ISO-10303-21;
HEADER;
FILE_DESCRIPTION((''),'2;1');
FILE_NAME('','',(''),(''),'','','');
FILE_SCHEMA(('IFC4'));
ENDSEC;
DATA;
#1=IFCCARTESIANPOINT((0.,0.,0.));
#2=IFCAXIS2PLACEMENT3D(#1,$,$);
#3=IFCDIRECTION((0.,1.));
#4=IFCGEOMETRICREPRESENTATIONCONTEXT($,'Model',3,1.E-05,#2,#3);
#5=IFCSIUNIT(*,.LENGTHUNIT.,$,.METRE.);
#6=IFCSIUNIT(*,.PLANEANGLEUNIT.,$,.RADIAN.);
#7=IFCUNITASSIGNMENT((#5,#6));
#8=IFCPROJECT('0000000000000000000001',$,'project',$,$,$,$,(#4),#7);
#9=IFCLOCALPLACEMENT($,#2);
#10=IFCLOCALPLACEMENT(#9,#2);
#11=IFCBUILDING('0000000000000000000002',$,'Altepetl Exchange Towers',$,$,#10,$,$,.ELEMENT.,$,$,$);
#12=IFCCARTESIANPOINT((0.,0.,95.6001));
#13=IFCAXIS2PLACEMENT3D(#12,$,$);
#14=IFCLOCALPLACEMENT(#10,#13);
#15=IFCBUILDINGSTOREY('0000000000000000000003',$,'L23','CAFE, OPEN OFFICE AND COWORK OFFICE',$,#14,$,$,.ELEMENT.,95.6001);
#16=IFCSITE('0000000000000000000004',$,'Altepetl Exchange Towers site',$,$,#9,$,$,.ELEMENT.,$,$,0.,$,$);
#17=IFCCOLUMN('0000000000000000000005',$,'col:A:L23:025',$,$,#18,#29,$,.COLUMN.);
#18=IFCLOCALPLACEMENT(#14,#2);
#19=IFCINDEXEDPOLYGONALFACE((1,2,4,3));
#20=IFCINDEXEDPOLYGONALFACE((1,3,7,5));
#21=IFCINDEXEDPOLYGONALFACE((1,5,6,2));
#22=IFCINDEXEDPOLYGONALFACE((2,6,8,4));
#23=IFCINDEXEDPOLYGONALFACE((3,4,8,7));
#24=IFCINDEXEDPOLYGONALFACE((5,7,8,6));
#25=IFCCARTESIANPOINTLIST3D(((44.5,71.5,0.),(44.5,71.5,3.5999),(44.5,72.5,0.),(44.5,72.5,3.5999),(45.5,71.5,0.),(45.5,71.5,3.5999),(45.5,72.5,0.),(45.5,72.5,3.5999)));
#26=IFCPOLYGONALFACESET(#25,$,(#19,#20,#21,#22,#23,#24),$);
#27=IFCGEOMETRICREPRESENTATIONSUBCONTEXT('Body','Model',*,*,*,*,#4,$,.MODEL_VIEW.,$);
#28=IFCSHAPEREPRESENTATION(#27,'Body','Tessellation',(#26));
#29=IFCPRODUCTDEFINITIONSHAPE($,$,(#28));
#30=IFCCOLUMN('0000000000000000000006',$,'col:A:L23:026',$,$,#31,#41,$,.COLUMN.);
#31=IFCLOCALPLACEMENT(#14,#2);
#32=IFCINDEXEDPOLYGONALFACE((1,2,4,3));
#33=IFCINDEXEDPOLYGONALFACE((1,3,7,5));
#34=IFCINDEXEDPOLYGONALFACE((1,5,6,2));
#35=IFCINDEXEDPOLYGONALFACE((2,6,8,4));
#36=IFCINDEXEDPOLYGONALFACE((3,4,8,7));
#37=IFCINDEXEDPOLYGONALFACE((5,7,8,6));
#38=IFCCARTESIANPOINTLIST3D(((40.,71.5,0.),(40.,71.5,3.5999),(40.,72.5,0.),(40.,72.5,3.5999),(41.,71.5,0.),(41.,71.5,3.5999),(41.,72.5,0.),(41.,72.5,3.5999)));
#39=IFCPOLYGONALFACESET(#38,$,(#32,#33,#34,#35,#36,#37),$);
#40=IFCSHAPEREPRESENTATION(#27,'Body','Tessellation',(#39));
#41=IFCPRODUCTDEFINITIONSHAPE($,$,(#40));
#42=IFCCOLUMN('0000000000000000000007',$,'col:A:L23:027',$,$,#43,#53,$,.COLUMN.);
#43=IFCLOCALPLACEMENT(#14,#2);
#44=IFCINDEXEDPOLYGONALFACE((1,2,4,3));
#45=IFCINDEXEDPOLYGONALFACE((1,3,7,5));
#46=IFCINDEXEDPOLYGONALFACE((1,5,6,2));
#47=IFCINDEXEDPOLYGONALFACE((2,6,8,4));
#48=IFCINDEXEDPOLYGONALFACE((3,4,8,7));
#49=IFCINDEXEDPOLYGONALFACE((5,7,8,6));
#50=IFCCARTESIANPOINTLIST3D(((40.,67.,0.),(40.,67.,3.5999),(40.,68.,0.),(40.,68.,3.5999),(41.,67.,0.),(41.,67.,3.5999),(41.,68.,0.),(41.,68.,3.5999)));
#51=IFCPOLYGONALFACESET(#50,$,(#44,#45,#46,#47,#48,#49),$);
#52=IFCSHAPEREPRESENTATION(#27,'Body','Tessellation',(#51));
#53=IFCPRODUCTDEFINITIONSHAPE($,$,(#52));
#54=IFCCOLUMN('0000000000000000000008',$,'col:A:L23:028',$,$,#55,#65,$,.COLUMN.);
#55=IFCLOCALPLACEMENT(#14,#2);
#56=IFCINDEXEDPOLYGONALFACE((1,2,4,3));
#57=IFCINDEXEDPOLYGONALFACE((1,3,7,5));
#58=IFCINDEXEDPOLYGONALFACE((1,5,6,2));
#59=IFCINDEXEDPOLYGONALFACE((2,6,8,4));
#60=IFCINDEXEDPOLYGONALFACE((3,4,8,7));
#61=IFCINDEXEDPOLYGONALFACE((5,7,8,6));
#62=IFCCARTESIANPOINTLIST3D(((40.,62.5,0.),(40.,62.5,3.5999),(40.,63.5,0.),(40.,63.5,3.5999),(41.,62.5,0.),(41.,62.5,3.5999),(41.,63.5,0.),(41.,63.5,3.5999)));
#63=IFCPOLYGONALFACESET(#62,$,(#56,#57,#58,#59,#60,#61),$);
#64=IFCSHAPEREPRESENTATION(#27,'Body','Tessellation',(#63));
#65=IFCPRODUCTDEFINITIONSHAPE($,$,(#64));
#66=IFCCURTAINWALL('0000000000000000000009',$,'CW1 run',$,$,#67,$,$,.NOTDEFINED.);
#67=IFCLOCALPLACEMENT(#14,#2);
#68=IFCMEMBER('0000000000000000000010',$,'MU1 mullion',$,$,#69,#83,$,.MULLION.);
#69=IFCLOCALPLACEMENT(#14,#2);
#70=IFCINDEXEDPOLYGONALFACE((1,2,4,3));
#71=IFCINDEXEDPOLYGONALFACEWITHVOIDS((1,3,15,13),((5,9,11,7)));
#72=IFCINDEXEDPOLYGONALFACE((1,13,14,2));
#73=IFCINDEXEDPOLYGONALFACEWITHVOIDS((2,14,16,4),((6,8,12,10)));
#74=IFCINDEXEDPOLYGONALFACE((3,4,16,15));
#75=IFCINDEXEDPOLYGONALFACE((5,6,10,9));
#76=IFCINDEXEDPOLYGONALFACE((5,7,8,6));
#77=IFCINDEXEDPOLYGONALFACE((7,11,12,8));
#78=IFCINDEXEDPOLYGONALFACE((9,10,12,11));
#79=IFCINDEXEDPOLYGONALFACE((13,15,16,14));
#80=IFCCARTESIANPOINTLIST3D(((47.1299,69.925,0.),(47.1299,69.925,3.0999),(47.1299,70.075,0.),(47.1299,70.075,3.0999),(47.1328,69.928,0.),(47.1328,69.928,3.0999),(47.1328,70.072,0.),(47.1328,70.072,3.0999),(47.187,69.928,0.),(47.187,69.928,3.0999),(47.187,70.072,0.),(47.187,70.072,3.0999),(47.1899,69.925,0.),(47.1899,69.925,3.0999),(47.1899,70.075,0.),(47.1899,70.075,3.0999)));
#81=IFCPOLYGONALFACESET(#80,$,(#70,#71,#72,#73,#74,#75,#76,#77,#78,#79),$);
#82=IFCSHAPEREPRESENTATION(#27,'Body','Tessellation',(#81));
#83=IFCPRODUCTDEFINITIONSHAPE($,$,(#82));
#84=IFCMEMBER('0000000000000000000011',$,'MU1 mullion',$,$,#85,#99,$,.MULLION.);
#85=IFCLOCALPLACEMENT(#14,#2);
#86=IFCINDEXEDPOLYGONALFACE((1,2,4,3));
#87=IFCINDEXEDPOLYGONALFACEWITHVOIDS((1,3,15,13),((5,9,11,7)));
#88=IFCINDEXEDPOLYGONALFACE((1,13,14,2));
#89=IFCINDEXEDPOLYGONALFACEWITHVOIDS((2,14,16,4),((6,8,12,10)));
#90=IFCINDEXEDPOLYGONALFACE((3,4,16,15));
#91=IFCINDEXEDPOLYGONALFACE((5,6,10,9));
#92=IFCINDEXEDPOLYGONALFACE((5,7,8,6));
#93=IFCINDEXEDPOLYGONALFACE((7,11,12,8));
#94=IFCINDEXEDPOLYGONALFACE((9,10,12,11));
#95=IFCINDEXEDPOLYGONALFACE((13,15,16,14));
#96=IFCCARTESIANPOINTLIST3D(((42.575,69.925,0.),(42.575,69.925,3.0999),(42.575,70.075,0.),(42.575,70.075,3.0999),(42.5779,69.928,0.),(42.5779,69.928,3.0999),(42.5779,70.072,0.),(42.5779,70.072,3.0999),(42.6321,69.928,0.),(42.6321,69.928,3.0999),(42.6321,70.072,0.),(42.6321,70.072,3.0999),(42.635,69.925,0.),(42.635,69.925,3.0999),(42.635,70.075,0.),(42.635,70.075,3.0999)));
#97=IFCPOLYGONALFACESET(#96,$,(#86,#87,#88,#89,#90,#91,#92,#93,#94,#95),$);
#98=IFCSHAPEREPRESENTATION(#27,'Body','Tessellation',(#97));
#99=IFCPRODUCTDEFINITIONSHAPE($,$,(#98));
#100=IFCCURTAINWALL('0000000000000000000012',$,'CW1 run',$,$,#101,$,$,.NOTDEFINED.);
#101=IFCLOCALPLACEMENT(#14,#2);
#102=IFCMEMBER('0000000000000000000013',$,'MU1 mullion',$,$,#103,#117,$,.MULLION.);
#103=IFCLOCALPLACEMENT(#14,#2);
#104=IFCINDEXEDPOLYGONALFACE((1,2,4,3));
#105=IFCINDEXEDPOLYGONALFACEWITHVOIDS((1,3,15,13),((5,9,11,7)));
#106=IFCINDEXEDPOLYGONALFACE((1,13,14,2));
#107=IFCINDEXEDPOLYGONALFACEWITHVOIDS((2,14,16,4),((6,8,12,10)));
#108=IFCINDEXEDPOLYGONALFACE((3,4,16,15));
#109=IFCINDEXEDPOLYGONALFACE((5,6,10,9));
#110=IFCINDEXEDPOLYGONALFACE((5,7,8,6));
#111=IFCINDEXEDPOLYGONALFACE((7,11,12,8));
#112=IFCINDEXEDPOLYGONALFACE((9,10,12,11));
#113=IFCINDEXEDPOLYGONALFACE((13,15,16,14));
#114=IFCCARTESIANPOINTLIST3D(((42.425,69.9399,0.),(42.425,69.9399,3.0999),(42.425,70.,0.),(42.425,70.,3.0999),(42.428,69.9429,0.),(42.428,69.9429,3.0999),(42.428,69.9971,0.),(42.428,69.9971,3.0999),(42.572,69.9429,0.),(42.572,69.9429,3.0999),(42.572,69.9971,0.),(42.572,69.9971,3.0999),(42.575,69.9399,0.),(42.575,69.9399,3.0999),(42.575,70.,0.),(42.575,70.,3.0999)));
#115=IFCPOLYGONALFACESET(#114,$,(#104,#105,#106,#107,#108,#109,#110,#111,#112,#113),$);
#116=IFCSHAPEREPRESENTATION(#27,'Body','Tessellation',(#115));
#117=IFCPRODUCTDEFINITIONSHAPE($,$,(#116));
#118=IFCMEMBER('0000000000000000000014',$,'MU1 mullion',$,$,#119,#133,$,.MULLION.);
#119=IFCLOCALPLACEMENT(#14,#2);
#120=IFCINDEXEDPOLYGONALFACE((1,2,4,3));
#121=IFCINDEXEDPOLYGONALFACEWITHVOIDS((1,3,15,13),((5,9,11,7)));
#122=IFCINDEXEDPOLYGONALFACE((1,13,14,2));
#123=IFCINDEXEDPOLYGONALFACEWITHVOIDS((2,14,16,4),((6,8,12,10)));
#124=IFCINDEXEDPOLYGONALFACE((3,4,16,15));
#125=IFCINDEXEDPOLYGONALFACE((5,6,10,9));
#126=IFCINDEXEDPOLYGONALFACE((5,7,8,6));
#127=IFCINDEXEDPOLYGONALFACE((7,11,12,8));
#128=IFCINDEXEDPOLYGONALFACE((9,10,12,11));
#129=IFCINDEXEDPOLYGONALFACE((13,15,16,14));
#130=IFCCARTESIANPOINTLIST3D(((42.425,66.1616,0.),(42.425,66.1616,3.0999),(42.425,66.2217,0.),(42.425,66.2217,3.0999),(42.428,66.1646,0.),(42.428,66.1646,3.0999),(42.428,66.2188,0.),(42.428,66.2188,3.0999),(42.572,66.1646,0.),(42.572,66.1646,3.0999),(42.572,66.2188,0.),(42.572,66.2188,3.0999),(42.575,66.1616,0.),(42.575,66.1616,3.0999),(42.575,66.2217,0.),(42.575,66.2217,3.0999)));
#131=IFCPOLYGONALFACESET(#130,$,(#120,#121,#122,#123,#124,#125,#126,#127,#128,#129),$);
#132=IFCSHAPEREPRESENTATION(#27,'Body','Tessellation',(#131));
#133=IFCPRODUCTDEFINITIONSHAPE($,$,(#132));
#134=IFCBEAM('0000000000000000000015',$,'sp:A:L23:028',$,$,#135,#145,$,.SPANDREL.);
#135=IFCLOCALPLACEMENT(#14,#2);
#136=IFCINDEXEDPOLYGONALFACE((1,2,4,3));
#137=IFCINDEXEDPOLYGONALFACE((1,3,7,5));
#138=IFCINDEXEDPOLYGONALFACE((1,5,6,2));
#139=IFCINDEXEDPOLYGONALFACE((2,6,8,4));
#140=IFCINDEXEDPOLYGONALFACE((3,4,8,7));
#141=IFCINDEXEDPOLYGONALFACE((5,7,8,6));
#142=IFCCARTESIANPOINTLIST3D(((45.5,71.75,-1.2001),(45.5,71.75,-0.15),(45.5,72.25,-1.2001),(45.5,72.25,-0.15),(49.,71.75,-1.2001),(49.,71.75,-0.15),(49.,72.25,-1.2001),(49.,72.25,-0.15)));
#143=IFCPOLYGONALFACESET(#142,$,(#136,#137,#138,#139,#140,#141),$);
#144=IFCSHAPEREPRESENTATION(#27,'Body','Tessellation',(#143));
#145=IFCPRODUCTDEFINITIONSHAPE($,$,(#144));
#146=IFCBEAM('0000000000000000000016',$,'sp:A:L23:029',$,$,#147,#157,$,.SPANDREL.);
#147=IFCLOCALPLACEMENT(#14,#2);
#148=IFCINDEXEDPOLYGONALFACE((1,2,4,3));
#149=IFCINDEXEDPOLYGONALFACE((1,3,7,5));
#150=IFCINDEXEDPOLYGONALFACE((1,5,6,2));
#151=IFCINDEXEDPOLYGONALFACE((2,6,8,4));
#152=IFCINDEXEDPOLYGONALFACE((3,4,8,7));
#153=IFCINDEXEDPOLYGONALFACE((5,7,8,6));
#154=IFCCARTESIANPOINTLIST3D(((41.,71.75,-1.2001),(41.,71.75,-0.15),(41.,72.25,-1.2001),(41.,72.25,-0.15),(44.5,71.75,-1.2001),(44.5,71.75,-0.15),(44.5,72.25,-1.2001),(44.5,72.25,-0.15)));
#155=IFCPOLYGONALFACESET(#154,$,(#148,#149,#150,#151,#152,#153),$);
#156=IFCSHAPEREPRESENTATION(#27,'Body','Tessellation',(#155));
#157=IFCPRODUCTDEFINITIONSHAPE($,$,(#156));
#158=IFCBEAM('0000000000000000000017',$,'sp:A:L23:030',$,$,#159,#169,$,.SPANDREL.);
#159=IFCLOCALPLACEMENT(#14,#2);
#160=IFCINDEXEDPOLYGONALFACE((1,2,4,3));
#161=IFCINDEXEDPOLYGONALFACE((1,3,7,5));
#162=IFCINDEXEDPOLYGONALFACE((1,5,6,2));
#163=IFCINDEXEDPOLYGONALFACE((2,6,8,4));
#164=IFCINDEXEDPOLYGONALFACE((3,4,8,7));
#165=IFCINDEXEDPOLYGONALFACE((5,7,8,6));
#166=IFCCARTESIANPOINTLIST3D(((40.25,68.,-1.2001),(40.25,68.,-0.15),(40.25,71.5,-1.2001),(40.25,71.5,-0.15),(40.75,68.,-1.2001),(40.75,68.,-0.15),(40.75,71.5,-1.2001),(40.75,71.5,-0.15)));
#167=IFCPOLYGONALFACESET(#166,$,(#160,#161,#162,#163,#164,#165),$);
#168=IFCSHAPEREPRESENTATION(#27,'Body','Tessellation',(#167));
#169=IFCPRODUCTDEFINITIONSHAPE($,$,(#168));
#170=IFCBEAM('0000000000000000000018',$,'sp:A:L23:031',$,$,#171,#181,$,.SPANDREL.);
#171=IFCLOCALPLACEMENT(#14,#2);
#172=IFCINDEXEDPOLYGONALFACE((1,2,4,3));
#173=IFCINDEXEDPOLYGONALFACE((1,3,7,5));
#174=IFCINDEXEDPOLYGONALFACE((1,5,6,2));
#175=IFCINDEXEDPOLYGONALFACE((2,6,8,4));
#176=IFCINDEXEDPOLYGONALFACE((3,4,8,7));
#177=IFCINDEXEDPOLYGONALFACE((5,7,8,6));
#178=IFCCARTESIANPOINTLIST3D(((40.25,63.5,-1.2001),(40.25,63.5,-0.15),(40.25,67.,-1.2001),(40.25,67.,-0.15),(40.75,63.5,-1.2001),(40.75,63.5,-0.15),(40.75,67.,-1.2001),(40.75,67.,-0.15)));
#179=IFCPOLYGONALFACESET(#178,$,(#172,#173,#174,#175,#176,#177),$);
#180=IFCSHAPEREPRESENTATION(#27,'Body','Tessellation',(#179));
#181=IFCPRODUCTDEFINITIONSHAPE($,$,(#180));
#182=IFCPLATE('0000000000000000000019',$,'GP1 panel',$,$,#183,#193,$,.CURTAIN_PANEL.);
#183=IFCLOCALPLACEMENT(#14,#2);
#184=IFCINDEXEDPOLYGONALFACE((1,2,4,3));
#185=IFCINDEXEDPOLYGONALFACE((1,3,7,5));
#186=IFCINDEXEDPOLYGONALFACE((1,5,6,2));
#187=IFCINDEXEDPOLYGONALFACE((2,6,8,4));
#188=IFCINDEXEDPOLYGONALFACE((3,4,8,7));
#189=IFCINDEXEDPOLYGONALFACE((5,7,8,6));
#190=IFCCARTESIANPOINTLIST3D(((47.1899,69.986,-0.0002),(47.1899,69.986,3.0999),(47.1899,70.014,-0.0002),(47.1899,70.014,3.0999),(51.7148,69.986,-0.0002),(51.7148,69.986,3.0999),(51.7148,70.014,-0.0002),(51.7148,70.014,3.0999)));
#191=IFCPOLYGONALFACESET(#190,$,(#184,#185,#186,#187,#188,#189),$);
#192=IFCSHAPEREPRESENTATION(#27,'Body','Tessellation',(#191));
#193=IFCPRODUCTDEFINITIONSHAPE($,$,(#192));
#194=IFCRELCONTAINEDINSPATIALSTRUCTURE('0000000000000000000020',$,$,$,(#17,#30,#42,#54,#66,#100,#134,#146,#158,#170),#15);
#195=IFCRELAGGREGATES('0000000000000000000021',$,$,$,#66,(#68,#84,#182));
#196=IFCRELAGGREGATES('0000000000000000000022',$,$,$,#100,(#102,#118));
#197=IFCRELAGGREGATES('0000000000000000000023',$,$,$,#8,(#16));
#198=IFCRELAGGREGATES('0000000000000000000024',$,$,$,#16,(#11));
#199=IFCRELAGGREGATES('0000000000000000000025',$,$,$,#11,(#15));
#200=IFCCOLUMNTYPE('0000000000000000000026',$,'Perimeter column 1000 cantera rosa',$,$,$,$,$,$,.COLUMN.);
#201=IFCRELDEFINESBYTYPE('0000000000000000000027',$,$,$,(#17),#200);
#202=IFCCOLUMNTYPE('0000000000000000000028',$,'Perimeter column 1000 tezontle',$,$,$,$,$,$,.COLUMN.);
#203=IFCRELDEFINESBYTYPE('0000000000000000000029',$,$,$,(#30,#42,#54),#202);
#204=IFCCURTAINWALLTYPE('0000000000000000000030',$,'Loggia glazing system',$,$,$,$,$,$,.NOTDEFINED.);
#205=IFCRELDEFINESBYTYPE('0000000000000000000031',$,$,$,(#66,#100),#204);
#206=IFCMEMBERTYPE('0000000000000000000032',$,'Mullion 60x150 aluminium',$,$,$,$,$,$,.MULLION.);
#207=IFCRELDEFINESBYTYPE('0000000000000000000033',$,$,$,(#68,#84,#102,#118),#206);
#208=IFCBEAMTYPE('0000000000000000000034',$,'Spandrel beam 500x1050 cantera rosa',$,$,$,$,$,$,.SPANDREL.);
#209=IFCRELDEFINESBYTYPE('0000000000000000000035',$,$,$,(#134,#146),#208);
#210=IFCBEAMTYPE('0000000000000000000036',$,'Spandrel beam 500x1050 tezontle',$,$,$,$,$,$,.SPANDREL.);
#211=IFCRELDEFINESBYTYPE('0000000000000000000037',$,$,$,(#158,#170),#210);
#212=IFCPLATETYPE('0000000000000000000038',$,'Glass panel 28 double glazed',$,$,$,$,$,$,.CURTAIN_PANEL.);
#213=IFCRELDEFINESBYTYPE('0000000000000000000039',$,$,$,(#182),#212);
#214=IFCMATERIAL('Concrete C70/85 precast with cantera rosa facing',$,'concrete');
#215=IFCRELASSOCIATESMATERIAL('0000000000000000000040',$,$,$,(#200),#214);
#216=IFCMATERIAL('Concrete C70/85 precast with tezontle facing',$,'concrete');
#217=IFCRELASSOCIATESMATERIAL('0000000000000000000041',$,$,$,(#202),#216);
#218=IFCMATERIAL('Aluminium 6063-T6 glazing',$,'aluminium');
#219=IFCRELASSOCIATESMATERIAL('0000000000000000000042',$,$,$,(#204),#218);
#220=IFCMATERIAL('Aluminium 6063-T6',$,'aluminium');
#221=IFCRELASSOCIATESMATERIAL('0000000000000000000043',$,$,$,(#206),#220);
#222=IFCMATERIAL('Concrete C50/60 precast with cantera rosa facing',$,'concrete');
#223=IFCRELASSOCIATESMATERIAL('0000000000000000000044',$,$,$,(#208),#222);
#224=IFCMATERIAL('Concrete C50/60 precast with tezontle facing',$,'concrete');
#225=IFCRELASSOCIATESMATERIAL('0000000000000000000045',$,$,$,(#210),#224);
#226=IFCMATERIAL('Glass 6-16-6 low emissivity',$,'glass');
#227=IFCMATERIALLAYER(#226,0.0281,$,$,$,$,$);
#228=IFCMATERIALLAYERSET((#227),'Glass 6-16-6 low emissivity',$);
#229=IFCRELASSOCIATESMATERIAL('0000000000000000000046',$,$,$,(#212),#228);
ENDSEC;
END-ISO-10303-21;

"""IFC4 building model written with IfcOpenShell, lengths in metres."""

from ifc_helpers import new_model, si_unit, direction, frame, origin, origin_2d, place, context, subcontext, project, spatial, rectangle, hollow_rectangle, extrude, material, layer, layer_set, material_profile, profile_set, type_object, element, aggregate, save


model = new_model("IFC4")

# Units and contexts
model_context = context("Model", 3, precision=1e-05, world=origin(), true_north=direction((0.0, 1.0)))
body_context = subcontext(model_context, "Body", "Model", "MODEL_VIEW")
ifc_project = project(units=[si_unit("LENGTHUNIT", "METRE"), si_unit("PLANEANGLEUNIT", "RADIAN")], contexts=[model_context])

# Site, building, storey
site_placement = place(None, origin())
site = spatial("IfcSite", under=ifc_project, at=site_placement, Name="Altepetl Exchange Towers site", CompositionType="ELEMENT", RefElevation=0.0)
building_placement = place(site_placement, origin())
building = spatial("IfcBuilding", under=site, at=building_placement, Name="Altepetl Exchange Towers", CompositionType="ELEMENT")
storey_placement = place(building_placement, frame((0.0, 0.0, 95.6001)))
storey = spatial("IfcBuildingStorey", under=building, at=storey_placement, Name="L23", Description="CAFE, OPEN OFFICE AND COWORK OFFICE", CompositionType="ELEMENT", Elevation=95.6001)

# Columns
ifc_material_1 = material(Name="Concrete C70/85 precast with cantera rosa facing", Category="concrete")
ifc_material_profile_1 = material_profile(ifc_material_1, rectangle(XDim=1.0, YDim=1.0, at=origin_2d()), Name="1000 x 1000")
ifc_profile_set_1 = profile_set([ifc_material_profile_1], Name="Concrete C70/85 precast with cantera rosa facing")
column_type_1 = type_object("IfcColumnType", Name="Perimeter column 1000 cantera rosa", PredefinedType="COLUMN", material=ifc_profile_set_1)
column_placement = place(storey_placement, frame((45.0, 72.0, 0.0)))
element("IfcColumn", 1, at=column_placement, inside=storey, type_object=column_type_1, Name="col:A:L23:025", PredefinedType="COLUMN", context=body_context, shape_type="SweptSolid", body=[
    extrude(rectangle(XDim=1.0, YDim=1.0, at=origin_2d()), origin(), (0.0, 0.0, 1.0), 3.5999),
])
ifc_material_2 = material(Name="Concrete C70/85 precast with tezontle facing", Category="concrete")
ifc_material_profile_2 = material_profile(ifc_material_2, rectangle(XDim=1.0, YDim=1.0, at=origin_2d()), Name="1000 x 1000")
ifc_profile_set_2 = profile_set([ifc_material_profile_2], Name="Concrete C70/85 precast with tezontle facing")
column_type_2 = type_object("IfcColumnType", Name="Perimeter column 1000 tezontle", PredefinedType="COLUMN", material=ifc_profile_set_2)
for number, where, name in (
    (2, (40.5, 72.0, 0.0), "col:A:L23:026"),
    (3, (40.5, 67.5, 0.0), "col:A:L23:027"),
    (4, (40.5, 63.0, 0.0), "col:A:L23:028"),
):
    element("IfcColumn", number, at=place(storey_placement, frame(where)), inside=storey, type_object=column_type_2, Name=name, PredefinedType="COLUMN", context=body_context, shape_type="SweptSolid", body=[
        extrude(rectangle(XDim=1.0, YDim=1.0, at=origin_2d()), origin(), (0.0, 0.0, 1.0), 3.5999),
    ])

# Curtain walls, members
ifc_material_3 = material(Name="Aluminium 6063-T6 glazing", Category="aluminium")
curtain_wall_type = type_object("IfcCurtainWallType", Name="Loggia glazing system", PredefinedType="NOTDEFINED", material=ifc_material_3)
curtain_wall_1_placement = place(storey_placement, origin())
curtain_wall_1 = element("IfcCurtainWall", 5, at=curtain_wall_1_placement, inside=storey, type_object=curtain_wall_type, Name="CW1 run", PredefinedType="NOTDEFINED")
ifc_material_4 = material(Name="Aluminium 6063-T6", Category="aluminium")
ifc_material_profile_3 = material_profile(ifc_material_4, hollow_rectangle(XDim=0.0601, YDim=0.1499, WallThickness=0.0029, at=origin_2d()), Name="Mullion 60x150 aluminium")
ifc_profile_set_3 = profile_set([ifc_material_profile_3], Name="Aluminium 6063-T6")
member_type = type_object("IfcMemberType", Name="Mullion 60x150 aluminium", PredefinedType="MULLION", material=ifc_profile_set_3)
member_1_placement = place(storey_placement, frame((47.1599, 70.0, 0.0), z_axis=(0.0, 0.0, 1.0), x_axis=(-1.0, 0.0, 0.0)))
member_1 = element("IfcMember", 6, at=member_1_placement, type_object=member_type, Name="MU1 mullion", PredefinedType="MULLION", context=body_context, shape_type="SweptSolid", body=[
    extrude(hollow_rectangle(XDim=0.0601, YDim=0.1499, WallThickness=0.0029, at=origin_2d()), origin(), (0.0, 0.0, 1.0), 3.0999),
])
member_2_placement = place(storey_placement, frame((42.605, 70.0, 0.0), z_axis=(0.0, 0.0, 1.0), x_axis=(-1.0, 0.0, 0.0)))
member_2 = element("IfcMember", 7, at=member_2_placement, type_object=member_type, Name="MU1 mullion", PredefinedType="MULLION", context=body_context, shape_type="SweptSolid", body=[
    extrude(hollow_rectangle(XDim=0.0601, YDim=0.1499, WallThickness=0.0029, at=origin_2d()), origin(), (0.0, 0.0, 1.0), 3.0999),
])
curtain_wall_2_placement = place(storey_placement, origin())
curtain_wall_2 = element("IfcCurtainWall", 8, at=curtain_wall_2_placement, inside=storey, type_object=curtain_wall_type, Name="CW1 run", PredefinedType="NOTDEFINED")
member_3_placement = place(storey_placement, frame((42.5, 69.97, 0.0), z_axis=(0.0, 0.0, 1.0), x_axis=(0.0, -1.0, 0.0)))
member_3 = element("IfcMember", 9, at=member_3_placement, type_object=member_type, Name="MU1 mullion", PredefinedType="MULLION", context=body_context, shape_type="SweptSolid", body=[
    extrude(hollow_rectangle(XDim=0.0601, YDim=0.1499, WallThickness=0.0029, at=origin_2d()), origin(), (0.0, 0.0, 1.0), 3.0999),
])
member_4_placement = place(storey_placement, frame((42.5, 66.1917, 0.0), z_axis=(0.0, 0.0, 1.0), x_axis=(0.0, -1.0, 0.0)))
member_4 = element("IfcMember", 10, at=member_4_placement, type_object=member_type, Name="MU1 mullion", PredefinedType="MULLION", context=body_context, shape_type="SweptSolid", body=[
    extrude(hollow_rectangle(XDim=0.0601, YDim=0.1499, WallThickness=0.0029, at=origin_2d()), origin(), (0.0, 0.0, 1.0), 3.0999),
])

# Beams
ifc_material_5 = material(Name="Concrete C50/60 precast with cantera rosa facing", Category="concrete")
ifc_material_profile_4 = material_profile(ifc_material_5, rectangle(XDim=0.5, YDim=1.05, at=origin_2d()), Name="500 x 1050")
ifc_profile_set_4 = profile_set([ifc_material_profile_4], Name="Concrete C50/60 precast with cantera rosa facing")
beam_type_1 = type_object("IfcBeamType", Name="Spandrel beam 500x1050 cantera rosa", PredefinedType="SPANDREL", material=ifc_profile_set_4)
for number, where, z_axis, x_axis, name in (
    (11, (49.0, 72.0, -0.675), (-1.0, 0.0, 0.0), (0.0, -1.0, 0.0), "sp:A:L23:028"),
    (12, (44.5, 72.0, -0.675), (-1.0, 0.0, 0.0), (0.0, -1.0, 0.0), "sp:A:L23:029"),
):
    element("IfcBeam", number, at=place(storey_placement, frame(where, z_axis=z_axis, x_axis=x_axis)), inside=storey, type_object=beam_type_1, Name=name, PredefinedType="SPANDREL", context=body_context, shape_type="SweptSolid", body=[
        extrude(rectangle(XDim=0.5, YDim=1.05, at=origin_2d()), origin(), (0.0, 0.0, 1.0), 3.5),
    ])
ifc_material_6 = material(Name="Concrete C50/60 precast with tezontle facing", Category="concrete")
ifc_material_profile_5 = material_profile(ifc_material_6, rectangle(XDim=0.5, YDim=1.05, at=origin_2d()), Name="500 x 1050")
ifc_profile_set_5 = profile_set([ifc_material_profile_5], Name="Concrete C50/60 precast with tezontle facing")
beam_type_2 = type_object("IfcBeamType", Name="Spandrel beam 500x1050 tezontle", PredefinedType="SPANDREL", material=ifc_profile_set_5)
for number, where, z_axis, x_axis, name in (
    (13, (40.5, 71.5, -0.675), (0.0, -1.0, 0.0), (1.0, 0.0, 0.0), "sp:A:L23:030"),
    (14, (40.5, 67.0, -0.675), (0.0, -1.0, 0.0), (1.0, 0.0, 0.0), "sp:A:L23:031"),
):
    element("IfcBeam", number, at=place(storey_placement, frame(where, z_axis=z_axis, x_axis=x_axis)), inside=storey, type_object=beam_type_2, Name=name, PredefinedType="SPANDREL", context=body_context, shape_type="SweptSolid", body=[
        extrude(rectangle(XDim=0.5, YDim=1.05, at=origin_2d()), origin(), (0.0, 0.0, 1.0), 3.5),
    ])

# Plate
ifc_material_7 = material(Name="Glass 6-16-6 low emissivity", Category="glass")
ifc_layer = layer(ifc_material_7, 0.0281)
ifc_layer_set = layer_set([ifc_layer], Name="Glass 6-16-6 low emissivity")
plate_type = type_object("IfcPlateType", Name="Glass panel 28 double glazed", PredefinedType="CURTAIN_PANEL", material=ifc_layer_set)
plate_1_placement = place(storey_placement, frame((49.4524, 70.0, -0.0002), z_axis=(0.0, 0.0, 1.0), x_axis=(-1.0, 0.0, 0.0)))
plate_1 = element("IfcPlate", 15, at=plate_1_placement, type_object=plate_type, Name="GP1 panel", PredefinedType="CURTAIN_PANEL", context=body_context, shape_type="SweptSolid", body=[
    extrude(rectangle(XDim=4.5249, YDim=0.0281, at=origin_2d()), origin(), (0.0, 0.0, 1.0), 3.1001),
])
aggregate(curtain_wall_1, [member_1, member_2, plate_1])
aggregate(curtain_wall_2, [member_3, member_4])

save(model, "model.ifc")
